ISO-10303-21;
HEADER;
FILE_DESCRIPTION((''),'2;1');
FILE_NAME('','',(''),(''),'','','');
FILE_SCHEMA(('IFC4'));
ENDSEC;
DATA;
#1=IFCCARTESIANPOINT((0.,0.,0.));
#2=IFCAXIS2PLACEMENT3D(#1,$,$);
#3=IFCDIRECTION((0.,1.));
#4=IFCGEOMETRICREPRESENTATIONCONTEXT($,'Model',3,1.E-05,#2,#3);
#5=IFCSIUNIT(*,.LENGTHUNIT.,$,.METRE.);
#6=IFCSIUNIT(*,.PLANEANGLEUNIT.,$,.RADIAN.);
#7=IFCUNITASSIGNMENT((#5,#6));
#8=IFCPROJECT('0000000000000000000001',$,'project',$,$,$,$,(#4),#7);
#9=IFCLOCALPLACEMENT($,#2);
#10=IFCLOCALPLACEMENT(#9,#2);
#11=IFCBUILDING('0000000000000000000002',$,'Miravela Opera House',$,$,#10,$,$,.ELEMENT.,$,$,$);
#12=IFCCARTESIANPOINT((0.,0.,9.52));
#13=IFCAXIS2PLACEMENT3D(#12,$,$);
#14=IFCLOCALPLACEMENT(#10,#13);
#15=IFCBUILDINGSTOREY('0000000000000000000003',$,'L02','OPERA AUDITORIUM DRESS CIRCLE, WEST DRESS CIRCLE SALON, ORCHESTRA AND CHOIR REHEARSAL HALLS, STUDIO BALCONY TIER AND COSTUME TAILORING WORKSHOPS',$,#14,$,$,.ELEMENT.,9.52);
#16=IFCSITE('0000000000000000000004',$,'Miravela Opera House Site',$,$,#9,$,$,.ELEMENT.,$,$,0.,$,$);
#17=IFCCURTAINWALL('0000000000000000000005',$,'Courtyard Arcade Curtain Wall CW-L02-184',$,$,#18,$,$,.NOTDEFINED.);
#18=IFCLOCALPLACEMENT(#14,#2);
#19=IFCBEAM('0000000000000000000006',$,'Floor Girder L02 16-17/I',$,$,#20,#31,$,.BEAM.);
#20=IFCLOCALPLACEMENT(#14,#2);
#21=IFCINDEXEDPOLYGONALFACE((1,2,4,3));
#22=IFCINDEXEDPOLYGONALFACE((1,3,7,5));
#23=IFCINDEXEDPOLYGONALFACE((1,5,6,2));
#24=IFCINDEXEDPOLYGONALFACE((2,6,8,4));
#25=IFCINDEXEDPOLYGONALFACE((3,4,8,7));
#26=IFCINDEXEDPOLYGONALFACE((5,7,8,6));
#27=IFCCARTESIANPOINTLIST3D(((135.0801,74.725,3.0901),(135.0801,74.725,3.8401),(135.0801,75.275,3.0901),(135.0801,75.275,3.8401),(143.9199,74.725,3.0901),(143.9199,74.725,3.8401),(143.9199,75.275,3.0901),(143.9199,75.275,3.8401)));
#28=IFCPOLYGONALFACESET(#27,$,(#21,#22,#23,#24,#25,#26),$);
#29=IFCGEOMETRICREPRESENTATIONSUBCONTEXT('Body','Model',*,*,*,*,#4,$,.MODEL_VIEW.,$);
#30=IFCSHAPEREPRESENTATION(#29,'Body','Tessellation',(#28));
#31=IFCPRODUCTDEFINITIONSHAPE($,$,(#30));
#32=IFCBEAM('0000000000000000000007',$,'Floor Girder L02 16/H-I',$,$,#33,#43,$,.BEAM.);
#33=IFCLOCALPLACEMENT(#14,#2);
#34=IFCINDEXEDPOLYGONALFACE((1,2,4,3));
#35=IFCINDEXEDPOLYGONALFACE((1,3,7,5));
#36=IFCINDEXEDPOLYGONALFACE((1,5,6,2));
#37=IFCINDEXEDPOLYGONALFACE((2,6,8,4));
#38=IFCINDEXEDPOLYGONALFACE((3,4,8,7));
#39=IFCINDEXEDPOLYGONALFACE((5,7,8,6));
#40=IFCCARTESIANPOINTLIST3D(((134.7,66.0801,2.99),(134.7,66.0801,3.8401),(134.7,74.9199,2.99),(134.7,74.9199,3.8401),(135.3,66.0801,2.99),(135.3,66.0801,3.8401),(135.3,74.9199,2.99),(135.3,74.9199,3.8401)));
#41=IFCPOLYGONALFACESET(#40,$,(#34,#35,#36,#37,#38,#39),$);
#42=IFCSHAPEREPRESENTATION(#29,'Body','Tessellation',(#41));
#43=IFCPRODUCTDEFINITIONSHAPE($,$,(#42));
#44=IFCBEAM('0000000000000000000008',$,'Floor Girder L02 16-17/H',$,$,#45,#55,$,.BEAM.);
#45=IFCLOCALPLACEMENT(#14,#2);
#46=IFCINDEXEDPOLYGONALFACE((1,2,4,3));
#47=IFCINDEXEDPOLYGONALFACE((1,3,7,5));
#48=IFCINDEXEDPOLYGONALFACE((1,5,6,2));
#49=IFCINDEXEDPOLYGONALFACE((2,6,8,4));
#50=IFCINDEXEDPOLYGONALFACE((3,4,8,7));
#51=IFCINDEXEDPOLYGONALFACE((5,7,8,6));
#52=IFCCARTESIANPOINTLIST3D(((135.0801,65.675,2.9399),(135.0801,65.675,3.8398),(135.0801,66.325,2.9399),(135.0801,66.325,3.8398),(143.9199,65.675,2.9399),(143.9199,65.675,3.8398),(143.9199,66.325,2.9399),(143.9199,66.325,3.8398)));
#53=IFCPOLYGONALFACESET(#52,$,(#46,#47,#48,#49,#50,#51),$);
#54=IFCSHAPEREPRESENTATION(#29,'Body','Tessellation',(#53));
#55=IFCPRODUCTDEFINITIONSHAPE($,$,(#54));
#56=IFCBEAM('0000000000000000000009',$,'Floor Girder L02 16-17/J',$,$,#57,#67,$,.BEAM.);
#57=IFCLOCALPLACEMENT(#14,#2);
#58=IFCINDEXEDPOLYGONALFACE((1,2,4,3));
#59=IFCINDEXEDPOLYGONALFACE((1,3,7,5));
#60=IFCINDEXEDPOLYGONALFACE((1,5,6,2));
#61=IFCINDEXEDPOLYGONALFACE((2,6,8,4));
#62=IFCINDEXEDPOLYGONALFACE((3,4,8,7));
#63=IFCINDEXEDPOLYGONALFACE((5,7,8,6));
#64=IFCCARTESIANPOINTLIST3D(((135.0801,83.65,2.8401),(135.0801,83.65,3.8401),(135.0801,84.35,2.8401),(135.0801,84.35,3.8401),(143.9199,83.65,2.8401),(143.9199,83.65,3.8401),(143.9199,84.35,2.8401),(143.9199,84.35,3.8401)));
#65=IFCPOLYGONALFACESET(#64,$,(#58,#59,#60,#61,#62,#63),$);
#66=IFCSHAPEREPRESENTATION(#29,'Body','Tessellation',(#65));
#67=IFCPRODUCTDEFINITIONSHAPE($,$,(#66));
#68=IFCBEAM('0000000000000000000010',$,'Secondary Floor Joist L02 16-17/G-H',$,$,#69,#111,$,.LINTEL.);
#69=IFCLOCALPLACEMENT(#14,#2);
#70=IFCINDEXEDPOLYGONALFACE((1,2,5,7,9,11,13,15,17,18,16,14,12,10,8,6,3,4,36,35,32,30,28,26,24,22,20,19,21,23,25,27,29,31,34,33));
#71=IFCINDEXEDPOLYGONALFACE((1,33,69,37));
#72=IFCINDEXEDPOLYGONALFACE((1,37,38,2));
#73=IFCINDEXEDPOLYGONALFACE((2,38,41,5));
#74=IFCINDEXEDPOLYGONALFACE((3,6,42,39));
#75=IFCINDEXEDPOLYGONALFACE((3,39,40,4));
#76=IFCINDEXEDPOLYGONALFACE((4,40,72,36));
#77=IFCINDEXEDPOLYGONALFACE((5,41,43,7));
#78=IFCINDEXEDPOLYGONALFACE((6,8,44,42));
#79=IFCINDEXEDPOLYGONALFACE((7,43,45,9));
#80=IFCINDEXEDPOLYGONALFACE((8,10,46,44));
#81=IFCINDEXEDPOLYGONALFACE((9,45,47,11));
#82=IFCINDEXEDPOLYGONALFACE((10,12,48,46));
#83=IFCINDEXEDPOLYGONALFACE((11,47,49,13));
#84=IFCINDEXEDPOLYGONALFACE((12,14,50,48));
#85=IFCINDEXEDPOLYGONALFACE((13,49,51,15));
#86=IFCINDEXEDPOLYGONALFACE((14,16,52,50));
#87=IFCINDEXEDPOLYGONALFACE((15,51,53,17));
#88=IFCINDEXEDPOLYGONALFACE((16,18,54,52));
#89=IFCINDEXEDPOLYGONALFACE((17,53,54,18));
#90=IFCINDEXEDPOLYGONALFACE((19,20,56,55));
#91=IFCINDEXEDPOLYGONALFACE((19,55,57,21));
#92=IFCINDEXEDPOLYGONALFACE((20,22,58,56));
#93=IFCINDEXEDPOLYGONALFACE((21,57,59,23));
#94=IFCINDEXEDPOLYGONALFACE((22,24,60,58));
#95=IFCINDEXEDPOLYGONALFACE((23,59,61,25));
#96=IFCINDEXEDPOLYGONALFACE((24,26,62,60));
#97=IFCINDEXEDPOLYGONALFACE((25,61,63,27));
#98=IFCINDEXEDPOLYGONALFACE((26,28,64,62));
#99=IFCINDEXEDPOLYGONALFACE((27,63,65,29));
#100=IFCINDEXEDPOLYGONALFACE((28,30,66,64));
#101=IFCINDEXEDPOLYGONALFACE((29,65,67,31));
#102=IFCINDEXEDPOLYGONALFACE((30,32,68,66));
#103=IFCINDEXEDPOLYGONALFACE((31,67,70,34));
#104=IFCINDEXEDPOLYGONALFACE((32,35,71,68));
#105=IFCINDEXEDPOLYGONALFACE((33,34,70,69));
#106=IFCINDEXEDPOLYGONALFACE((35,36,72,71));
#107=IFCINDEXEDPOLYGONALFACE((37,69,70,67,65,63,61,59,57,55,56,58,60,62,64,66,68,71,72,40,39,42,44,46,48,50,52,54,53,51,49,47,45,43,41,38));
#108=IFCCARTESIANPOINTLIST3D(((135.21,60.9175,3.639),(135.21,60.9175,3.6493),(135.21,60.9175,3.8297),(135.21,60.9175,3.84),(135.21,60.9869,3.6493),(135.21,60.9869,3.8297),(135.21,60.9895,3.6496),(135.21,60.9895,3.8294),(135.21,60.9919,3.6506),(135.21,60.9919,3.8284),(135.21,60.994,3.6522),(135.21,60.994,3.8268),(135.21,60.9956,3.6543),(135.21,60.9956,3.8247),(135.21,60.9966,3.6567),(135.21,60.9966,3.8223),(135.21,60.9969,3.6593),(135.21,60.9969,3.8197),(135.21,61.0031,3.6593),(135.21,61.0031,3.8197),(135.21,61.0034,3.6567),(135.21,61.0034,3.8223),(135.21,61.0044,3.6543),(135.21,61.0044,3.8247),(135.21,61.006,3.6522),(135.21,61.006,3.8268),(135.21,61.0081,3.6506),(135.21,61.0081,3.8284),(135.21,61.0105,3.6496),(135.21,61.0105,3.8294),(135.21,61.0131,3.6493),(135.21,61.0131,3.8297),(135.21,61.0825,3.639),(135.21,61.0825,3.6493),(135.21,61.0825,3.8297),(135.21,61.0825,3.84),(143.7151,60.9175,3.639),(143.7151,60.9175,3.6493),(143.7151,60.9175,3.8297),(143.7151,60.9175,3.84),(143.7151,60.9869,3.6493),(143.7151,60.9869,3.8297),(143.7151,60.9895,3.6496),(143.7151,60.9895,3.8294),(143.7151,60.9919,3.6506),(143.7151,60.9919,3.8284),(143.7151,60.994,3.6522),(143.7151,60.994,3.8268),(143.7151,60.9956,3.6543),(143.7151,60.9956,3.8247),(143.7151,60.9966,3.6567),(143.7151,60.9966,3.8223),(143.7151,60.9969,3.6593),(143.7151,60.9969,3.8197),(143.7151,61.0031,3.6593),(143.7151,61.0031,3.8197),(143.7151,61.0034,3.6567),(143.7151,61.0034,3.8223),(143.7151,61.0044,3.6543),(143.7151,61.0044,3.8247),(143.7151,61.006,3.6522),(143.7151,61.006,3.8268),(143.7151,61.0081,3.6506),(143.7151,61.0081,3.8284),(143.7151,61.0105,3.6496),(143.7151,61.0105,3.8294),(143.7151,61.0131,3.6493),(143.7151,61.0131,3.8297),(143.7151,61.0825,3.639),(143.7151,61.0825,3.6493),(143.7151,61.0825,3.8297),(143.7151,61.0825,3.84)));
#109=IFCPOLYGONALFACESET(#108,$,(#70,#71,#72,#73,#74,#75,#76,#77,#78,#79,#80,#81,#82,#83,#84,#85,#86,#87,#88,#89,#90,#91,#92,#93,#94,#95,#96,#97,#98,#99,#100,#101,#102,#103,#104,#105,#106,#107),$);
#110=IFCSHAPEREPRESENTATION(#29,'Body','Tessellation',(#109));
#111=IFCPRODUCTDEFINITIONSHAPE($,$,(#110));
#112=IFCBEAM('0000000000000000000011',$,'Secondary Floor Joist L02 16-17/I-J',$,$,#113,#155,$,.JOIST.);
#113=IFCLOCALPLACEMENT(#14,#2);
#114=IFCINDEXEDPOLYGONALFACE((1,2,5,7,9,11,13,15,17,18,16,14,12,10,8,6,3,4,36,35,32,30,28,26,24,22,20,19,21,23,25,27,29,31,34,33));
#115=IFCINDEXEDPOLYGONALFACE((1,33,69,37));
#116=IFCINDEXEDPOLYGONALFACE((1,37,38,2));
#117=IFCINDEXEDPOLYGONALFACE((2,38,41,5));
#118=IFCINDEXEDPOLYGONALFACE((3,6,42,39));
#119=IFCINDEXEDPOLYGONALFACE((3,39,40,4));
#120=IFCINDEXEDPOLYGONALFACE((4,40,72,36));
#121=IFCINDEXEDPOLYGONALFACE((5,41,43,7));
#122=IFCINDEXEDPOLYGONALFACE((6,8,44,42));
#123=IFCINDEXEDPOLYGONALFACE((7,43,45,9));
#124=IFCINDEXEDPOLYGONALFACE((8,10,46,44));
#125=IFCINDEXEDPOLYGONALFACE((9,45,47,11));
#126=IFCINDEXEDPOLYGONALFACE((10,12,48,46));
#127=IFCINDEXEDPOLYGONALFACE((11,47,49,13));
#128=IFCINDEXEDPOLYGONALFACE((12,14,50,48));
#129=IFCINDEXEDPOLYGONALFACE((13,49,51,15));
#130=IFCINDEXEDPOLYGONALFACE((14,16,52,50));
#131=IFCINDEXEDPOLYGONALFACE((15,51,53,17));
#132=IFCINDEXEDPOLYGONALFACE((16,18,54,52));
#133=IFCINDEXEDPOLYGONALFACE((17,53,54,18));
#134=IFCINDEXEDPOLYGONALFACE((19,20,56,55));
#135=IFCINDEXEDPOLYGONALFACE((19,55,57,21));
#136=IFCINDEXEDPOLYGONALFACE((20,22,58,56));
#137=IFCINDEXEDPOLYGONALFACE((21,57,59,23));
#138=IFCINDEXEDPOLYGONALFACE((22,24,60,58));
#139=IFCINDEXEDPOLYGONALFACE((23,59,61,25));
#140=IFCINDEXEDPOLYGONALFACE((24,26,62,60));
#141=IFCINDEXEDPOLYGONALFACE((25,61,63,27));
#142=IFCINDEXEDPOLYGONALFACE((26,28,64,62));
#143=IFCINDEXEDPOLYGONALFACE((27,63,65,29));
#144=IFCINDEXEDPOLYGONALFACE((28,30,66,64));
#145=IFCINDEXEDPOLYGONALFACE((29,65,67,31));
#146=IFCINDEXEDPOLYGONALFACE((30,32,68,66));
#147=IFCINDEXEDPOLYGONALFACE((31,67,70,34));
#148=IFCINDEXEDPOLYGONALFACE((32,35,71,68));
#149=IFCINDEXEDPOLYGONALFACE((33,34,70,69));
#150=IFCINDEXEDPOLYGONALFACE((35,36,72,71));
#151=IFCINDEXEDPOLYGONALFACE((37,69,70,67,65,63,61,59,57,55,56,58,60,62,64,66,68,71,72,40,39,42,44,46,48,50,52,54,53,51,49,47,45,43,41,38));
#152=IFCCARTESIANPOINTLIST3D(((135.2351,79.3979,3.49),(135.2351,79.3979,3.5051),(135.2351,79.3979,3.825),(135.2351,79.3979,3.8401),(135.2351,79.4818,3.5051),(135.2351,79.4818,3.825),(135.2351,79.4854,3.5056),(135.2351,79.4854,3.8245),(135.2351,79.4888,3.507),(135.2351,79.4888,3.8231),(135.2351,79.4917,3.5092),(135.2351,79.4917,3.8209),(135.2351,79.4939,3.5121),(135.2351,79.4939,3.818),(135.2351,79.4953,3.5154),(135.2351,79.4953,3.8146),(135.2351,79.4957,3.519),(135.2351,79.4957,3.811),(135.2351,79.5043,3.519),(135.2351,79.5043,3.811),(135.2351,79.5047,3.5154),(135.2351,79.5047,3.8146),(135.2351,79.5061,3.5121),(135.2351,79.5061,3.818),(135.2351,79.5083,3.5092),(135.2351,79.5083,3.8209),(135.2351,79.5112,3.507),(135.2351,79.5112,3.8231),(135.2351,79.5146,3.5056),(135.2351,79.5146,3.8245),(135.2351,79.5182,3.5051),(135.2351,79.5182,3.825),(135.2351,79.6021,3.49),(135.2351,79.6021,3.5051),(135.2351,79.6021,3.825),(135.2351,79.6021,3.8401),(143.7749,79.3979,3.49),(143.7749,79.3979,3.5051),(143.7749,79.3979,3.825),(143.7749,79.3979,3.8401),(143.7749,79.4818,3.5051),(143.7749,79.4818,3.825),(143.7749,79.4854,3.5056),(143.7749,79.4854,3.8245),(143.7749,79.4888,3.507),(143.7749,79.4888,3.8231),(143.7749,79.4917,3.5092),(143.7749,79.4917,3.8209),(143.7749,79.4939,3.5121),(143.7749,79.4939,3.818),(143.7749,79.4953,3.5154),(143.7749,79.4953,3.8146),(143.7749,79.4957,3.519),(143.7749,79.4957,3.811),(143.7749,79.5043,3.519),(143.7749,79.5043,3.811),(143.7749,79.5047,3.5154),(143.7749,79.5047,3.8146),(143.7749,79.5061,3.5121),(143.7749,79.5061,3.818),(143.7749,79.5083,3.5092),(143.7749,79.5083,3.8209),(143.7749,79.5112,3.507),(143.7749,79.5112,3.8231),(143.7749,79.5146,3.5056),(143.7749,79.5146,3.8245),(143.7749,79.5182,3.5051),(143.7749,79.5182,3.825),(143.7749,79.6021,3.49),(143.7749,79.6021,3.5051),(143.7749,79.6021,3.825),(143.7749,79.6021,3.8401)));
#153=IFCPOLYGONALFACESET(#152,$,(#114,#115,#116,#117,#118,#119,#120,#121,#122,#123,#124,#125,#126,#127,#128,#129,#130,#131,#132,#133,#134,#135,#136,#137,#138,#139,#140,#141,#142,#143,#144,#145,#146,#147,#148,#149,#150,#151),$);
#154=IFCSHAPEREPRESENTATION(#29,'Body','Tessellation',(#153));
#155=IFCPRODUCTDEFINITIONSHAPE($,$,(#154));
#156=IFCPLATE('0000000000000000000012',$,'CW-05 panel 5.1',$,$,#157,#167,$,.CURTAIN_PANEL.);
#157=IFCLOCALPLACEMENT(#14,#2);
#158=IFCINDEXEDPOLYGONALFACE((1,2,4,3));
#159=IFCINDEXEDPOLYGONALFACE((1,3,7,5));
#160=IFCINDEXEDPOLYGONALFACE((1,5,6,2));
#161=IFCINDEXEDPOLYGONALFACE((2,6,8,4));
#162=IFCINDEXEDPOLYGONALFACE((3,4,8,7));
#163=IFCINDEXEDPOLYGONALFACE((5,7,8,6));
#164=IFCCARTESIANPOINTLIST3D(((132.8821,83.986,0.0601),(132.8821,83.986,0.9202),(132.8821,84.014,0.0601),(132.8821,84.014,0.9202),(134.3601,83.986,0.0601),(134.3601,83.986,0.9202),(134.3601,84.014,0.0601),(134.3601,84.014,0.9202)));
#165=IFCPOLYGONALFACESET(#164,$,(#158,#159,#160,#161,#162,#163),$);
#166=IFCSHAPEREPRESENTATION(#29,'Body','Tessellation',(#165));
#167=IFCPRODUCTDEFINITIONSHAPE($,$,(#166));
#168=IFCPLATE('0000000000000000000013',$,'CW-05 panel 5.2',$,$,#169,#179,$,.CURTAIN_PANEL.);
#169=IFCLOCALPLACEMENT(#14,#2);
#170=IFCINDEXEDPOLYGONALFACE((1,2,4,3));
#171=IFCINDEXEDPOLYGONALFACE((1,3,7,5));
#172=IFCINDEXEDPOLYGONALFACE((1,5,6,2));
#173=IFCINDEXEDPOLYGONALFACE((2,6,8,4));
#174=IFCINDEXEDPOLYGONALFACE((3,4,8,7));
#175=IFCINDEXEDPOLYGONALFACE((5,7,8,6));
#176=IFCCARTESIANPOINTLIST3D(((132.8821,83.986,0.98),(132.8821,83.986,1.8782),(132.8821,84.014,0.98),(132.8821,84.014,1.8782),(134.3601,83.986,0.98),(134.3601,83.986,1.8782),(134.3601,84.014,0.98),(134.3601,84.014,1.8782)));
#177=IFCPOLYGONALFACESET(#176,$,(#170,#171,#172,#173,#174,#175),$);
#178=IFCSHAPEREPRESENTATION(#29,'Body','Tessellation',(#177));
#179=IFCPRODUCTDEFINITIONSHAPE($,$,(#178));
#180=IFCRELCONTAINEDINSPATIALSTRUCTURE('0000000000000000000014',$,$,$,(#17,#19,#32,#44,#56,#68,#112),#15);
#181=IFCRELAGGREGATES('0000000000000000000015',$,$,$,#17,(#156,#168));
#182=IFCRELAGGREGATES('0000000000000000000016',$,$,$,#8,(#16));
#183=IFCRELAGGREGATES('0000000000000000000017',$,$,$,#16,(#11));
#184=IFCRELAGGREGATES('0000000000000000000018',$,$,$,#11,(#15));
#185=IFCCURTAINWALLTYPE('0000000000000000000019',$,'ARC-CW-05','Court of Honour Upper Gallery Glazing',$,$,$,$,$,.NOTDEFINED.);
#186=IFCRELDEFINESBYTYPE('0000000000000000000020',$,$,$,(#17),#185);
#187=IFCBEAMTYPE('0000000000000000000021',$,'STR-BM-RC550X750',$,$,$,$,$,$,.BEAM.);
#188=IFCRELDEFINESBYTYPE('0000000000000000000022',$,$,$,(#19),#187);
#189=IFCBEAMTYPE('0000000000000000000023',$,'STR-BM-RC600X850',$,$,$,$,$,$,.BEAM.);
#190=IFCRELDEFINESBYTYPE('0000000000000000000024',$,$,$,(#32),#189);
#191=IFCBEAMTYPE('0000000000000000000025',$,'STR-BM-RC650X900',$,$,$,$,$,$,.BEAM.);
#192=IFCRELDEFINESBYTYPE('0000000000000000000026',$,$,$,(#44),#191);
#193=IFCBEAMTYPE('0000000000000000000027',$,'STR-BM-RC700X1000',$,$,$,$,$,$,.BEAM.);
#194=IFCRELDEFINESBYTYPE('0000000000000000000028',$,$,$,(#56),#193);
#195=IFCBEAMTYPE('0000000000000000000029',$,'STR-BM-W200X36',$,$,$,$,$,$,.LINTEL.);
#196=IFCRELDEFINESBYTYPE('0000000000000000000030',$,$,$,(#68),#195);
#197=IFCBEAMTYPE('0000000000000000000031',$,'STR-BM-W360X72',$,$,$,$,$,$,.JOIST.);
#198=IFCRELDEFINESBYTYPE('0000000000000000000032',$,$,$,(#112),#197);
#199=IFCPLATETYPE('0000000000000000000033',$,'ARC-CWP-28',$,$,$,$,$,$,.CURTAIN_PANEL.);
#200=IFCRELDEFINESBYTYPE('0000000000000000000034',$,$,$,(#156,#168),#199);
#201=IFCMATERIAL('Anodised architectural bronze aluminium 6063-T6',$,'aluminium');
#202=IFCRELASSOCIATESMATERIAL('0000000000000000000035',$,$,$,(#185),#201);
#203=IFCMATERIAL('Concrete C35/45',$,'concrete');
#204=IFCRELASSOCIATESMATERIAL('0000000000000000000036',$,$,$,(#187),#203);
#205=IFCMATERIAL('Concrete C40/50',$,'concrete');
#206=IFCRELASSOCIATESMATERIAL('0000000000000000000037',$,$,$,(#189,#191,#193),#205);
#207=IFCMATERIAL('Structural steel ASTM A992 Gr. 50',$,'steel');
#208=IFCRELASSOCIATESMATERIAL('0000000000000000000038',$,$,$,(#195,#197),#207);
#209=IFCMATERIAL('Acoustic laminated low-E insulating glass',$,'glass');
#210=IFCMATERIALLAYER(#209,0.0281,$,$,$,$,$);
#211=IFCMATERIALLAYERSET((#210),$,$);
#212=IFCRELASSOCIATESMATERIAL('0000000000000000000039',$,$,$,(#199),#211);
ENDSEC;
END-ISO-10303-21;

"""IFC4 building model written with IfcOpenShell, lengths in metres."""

from ifc_helpers import new_model, si_unit, direction, frame, origin, origin_2d, place, context, subcontext, project, spatial, rectangle, i_section, extrude, material, layer, layer_set, material_profile, profile_set, type_object, element, aggregate, save


model = new_model("IFC4")

# Units and contexts
model_context = context("Model", 3, precision=1e-05, world=origin(), true_north=direction((0.0, 1.0)))
body_context = subcontext(model_context, "Body", "Model", "MODEL_VIEW")
ifc_project = project(units=[si_unit("LENGTHUNIT", "METRE"), si_unit("PLANEANGLEUNIT", "RADIAN")], contexts=[model_context])

# Site, building, storey
site_placement = place(None, origin())
site = spatial("IfcSite", under=ifc_project, at=site_placement, Name="Miravela Opera House Site", CompositionType="ELEMENT", RefElevation=0.0)
building_placement = place(site_placement, origin())
building = spatial("IfcBuilding", under=site, at=building_placement, Name="Miravela Opera House", CompositionType="ELEMENT")
storey_placement = place(building_placement, frame((0.0, 0.0, 9.52)))
storey = spatial("IfcBuildingStorey", under=building, at=storey_placement, Name="L02", Description="OPERA AUDITORIUM DRESS CIRCLE, WEST DRESS CIRCLE SALON, ORCHESTRA AND CHOIR REHEARSAL HALLS, STUDIO BALCONY TIER AND COSTUME TAILORING WORKSHOPS", CompositionType="ELEMENT", Elevation=9.52)

# Shared definitions
ifc_material_1 = material(Name="Concrete C35/45", Category="concrete")

# Curtain wall
ifc_material_2 = material(Name="Anodised architectural bronze aluminium 6063-T6", Category="aluminium")
curtain_wall_type = type_object("IfcCurtainWallType", Name="ARC-CW-05", Description="Court of Honour Upper Gallery Glazing", PredefinedType="NOTDEFINED", material=ifc_material_2)
curtain_wall_placement = place(storey_placement, origin())
curtain_wall = element("IfcCurtainWall", 1, at=curtain_wall_placement, inside=storey, type_object=curtain_wall_type, Name="Courtyard Arcade Curtain Wall CW-L02-184", PredefinedType="NOTDEFINED")

# Beams
ifc_material_profile_1 = material_profile(ifc_material_1, rectangle(XDim=0.55, YDim=0.75, at=origin_2d()), Name="RC-BM-550X750")
ifc_profile_set_1 = profile_set([ifc_material_profile_1])
beam_type_1 = type_object("IfcBeamType", Name="STR-BM-RC550X750", PredefinedType="BEAM", material=ifc_profile_set_1)
beam_1_placement = place(storey_placement, frame((135.0801, 75.0, 3.4651), z_axis=(1.0, 0.0, 0.0), x_axis=(0.0, 1.0, 0.0)))
element("IfcBeam", 2, at=beam_1_placement, inside=storey, type_object=beam_type_1, Name="Floor Girder L02 16-17/I", PredefinedType="BEAM", context=body_context, shape_type="SweptSolid", body=[
    extrude(rectangle(XDim=0.55, YDim=0.75, at=origin_2d()), origin(), (0.0, 0.0, 1.0), 8.8398),
])
ifc_material_3 = material(Name="Concrete C40/50", Category="concrete")
ifc_material_profile_2 = material_profile(ifc_material_3, rectangle(XDim=0.6001, YDim=0.8501, at=origin_2d()), Name="RC-BM-600X850")
ifc_profile_set_2 = profile_set([ifc_material_profile_2])
beam_type_2 = type_object("IfcBeamType", Name="STR-BM-RC600X850", PredefinedType="BEAM", material=ifc_profile_set_2)
beam_2_placement = place(storey_placement, frame((135.0, 66.0801, 3.415), z_axis=(0.0, 1.0, 0.0), x_axis=(-1.0, 0.0, 0.0)))
element("IfcBeam", 3, at=beam_2_placement, inside=storey, type_object=beam_type_2, Name="Floor Girder L02 16/H-I", PredefinedType="BEAM", context=body_context, shape_type="SweptSolid", body=[
    extrude(rectangle(XDim=0.6001, YDim=0.8501, at=origin_2d()), origin(), (0.0, 0.0, 1.0), 8.8398),
])
ifc_material_profile_3 = material_profile(ifc_material_3, rectangle(XDim=0.6499, YDim=0.8999, at=origin_2d()), Name="RC-BM-650X900")
ifc_profile_set_3 = profile_set([ifc_material_profile_3])
beam_type_3 = type_object("IfcBeamType", Name="STR-BM-RC650X900", PredefinedType="BEAM", material=ifc_profile_set_3)
beam_3_placement = place(storey_placement, frame((135.0801, 66.0, 3.3899), z_axis=(1.0, 0.0, 0.0), x_axis=(0.0, 1.0, 0.0)))
element("IfcBeam", 4, at=beam_3_placement, inside=storey, type_object=beam_type_3, Name="Floor Girder L02 16-17/H", PredefinedType="BEAM", context=body_context, shape_type="SweptSolid", body=[
    extrude(rectangle(XDim=0.6499, YDim=0.8999, at=origin_2d()), origin(), (0.0, 0.0, 1.0), 8.8398),
])
ifc_material_profile_4 = material_profile(ifc_material_3, rectangle(XDim=0.7, YDim=1.0, at=origin_2d()), Name="RC-BM-700X1000")
ifc_profile_set_4 = profile_set([ifc_material_profile_4])
beam_type_4 = type_object("IfcBeamType", Name="STR-BM-RC700X1000", PredefinedType="BEAM", material=ifc_profile_set_4)
beam_4_placement = place(storey_placement, frame((135.0801, 84.0, 3.3401), z_axis=(1.0, 0.0, 0.0), x_axis=(0.0, 1.0, 0.0)))
element("IfcBeam", 5, at=beam_4_placement, inside=storey, type_object=beam_type_4, Name="Floor Girder L02 16-17/J", PredefinedType="BEAM", context=body_context, shape_type="SweptSolid", body=[
    extrude(rectangle(XDim=0.7, YDim=1.0, at=origin_2d()), origin(), (0.0, 0.0, 1.0), 8.8398),
])
ifc_material_4 = material(Name="Structural steel ASTM A992 Gr. 50", Category="steel")
ifc_material_profile_5 = material_profile(ifc_material_4, i_section(OverallWidth=0.165, OverallDepth=0.2009, WebThickness=0.0061, FlangeThickness=0.0103, FilletRadius=0.01, at=origin_2d()), Name="W200X36")
ifc_profile_set_5 = profile_set([ifc_material_profile_5])
beam_type_5 = type_object("IfcBeamType", Name="STR-BM-W200X36", PredefinedType="LINTEL", material=ifc_profile_set_5)
beam_5_placement = place(storey_placement, frame((135.21, 61.0, 3.7395), z_axis=(1.0, 0.0, 0.0), x_axis=(0.0, 1.0, 0.0)))
element("IfcBeam", 6, at=beam_5_placement, inside=storey, type_object=beam_type_5, Name="Secondary Floor Joist L02 16-17/G-H", PredefinedType="LINTEL", context=body_context, shape_type="SweptSolid", body=[
    extrude(i_section(OverallWidth=0.165, OverallDepth=0.2009, WebThickness=0.0061, FlangeThickness=0.0103, FilletRadius=0.01, at=origin_2d()), origin(), (0.0, 0.0, 1.0), 8.5051),
])
ifc_material_profile_6 = material_profile(ifc_material_4, i_section(OverallWidth=0.2041, OverallDepth=0.3501, WebThickness=0.0085, FlangeThickness=0.0151, FilletRadius=0.0139, at=origin_2d()), Name="W360X72")
ifc_profile_set_6 = profile_set([ifc_material_profile_6])
beam_type_6 = type_object("IfcBeamType", Name="STR-BM-W360X72", PredefinedType="JOIST", material=ifc_profile_set_6)
beam_6_placement = place(storey_placement, frame((135.2351, 79.5, 3.665), z_axis=(1.0, 0.0, 0.0), x_axis=(0.0, 1.0, 0.0)))
element("IfcBeam", 7, at=beam_6_placement, inside=storey, type_object=beam_type_6, Name="Secondary Floor Joist L02 16-17/I-J", PredefinedType="JOIST", context=body_context, shape_type="SweptSolid", body=[
    extrude(i_section(OverallWidth=0.2041, OverallDepth=0.3501, WebThickness=0.0085, FlangeThickness=0.0151, FilletRadius=0.0139, at=origin_2d()), origin(), (0.0, 0.0, 1.0), 8.5398),
])

# Plates
ifc_material_5 = material(Name="Acoustic laminated low-E insulating glass", Category="glass")
ifc_layer_1 = layer(ifc_material_5, 0.0281)
ifc_layer_set_1 = layer_set([ifc_layer_1])
plate_type = type_object("IfcPlateType", Name="ARC-CWP-28", PredefinedType="CURTAIN_PANEL", material=ifc_layer_set_1)
plate_1_placement = place(storey_placement, frame((133.6211, 84.0, 0.0601), z_axis=(0.0, 0.0, 1.0), x_axis=(1.0, 0.0, 0.0)))
plate_1 = element("IfcPlate", 8, at=plate_1_placement, type_object=plate_type, Name="CW-05 panel 5.1", PredefinedType="CURTAIN_PANEL", context=body_context, shape_type="SweptSolid", body=[
    extrude(rectangle(XDim=1.478, YDim=0.0281, at=origin_2d()), origin(), (0.0, 0.0, 1.0), 0.8601),
])
plate_2_placement = place(storey_placement, frame((133.6211, 84.0, 0.98), z_axis=(0.0, 0.0, 1.0), x_axis=(1.0, 0.0, 0.0)))
plate_2 = element("IfcPlate", 9, at=plate_2_placement, type_object=plate_type, Name="CW-05 panel 5.2", PredefinedType="CURTAIN_PANEL", context=body_context, shape_type="SweptSolid", body=[
    extrude(rectangle(XDim=1.478, YDim=0.0281, at=origin_2d()), origin(), (0.0, 0.0, 1.0), 0.8982),
])
aggregate(curtain_wall, [plate_1, plate_2])

save(model, "model.ifc")
